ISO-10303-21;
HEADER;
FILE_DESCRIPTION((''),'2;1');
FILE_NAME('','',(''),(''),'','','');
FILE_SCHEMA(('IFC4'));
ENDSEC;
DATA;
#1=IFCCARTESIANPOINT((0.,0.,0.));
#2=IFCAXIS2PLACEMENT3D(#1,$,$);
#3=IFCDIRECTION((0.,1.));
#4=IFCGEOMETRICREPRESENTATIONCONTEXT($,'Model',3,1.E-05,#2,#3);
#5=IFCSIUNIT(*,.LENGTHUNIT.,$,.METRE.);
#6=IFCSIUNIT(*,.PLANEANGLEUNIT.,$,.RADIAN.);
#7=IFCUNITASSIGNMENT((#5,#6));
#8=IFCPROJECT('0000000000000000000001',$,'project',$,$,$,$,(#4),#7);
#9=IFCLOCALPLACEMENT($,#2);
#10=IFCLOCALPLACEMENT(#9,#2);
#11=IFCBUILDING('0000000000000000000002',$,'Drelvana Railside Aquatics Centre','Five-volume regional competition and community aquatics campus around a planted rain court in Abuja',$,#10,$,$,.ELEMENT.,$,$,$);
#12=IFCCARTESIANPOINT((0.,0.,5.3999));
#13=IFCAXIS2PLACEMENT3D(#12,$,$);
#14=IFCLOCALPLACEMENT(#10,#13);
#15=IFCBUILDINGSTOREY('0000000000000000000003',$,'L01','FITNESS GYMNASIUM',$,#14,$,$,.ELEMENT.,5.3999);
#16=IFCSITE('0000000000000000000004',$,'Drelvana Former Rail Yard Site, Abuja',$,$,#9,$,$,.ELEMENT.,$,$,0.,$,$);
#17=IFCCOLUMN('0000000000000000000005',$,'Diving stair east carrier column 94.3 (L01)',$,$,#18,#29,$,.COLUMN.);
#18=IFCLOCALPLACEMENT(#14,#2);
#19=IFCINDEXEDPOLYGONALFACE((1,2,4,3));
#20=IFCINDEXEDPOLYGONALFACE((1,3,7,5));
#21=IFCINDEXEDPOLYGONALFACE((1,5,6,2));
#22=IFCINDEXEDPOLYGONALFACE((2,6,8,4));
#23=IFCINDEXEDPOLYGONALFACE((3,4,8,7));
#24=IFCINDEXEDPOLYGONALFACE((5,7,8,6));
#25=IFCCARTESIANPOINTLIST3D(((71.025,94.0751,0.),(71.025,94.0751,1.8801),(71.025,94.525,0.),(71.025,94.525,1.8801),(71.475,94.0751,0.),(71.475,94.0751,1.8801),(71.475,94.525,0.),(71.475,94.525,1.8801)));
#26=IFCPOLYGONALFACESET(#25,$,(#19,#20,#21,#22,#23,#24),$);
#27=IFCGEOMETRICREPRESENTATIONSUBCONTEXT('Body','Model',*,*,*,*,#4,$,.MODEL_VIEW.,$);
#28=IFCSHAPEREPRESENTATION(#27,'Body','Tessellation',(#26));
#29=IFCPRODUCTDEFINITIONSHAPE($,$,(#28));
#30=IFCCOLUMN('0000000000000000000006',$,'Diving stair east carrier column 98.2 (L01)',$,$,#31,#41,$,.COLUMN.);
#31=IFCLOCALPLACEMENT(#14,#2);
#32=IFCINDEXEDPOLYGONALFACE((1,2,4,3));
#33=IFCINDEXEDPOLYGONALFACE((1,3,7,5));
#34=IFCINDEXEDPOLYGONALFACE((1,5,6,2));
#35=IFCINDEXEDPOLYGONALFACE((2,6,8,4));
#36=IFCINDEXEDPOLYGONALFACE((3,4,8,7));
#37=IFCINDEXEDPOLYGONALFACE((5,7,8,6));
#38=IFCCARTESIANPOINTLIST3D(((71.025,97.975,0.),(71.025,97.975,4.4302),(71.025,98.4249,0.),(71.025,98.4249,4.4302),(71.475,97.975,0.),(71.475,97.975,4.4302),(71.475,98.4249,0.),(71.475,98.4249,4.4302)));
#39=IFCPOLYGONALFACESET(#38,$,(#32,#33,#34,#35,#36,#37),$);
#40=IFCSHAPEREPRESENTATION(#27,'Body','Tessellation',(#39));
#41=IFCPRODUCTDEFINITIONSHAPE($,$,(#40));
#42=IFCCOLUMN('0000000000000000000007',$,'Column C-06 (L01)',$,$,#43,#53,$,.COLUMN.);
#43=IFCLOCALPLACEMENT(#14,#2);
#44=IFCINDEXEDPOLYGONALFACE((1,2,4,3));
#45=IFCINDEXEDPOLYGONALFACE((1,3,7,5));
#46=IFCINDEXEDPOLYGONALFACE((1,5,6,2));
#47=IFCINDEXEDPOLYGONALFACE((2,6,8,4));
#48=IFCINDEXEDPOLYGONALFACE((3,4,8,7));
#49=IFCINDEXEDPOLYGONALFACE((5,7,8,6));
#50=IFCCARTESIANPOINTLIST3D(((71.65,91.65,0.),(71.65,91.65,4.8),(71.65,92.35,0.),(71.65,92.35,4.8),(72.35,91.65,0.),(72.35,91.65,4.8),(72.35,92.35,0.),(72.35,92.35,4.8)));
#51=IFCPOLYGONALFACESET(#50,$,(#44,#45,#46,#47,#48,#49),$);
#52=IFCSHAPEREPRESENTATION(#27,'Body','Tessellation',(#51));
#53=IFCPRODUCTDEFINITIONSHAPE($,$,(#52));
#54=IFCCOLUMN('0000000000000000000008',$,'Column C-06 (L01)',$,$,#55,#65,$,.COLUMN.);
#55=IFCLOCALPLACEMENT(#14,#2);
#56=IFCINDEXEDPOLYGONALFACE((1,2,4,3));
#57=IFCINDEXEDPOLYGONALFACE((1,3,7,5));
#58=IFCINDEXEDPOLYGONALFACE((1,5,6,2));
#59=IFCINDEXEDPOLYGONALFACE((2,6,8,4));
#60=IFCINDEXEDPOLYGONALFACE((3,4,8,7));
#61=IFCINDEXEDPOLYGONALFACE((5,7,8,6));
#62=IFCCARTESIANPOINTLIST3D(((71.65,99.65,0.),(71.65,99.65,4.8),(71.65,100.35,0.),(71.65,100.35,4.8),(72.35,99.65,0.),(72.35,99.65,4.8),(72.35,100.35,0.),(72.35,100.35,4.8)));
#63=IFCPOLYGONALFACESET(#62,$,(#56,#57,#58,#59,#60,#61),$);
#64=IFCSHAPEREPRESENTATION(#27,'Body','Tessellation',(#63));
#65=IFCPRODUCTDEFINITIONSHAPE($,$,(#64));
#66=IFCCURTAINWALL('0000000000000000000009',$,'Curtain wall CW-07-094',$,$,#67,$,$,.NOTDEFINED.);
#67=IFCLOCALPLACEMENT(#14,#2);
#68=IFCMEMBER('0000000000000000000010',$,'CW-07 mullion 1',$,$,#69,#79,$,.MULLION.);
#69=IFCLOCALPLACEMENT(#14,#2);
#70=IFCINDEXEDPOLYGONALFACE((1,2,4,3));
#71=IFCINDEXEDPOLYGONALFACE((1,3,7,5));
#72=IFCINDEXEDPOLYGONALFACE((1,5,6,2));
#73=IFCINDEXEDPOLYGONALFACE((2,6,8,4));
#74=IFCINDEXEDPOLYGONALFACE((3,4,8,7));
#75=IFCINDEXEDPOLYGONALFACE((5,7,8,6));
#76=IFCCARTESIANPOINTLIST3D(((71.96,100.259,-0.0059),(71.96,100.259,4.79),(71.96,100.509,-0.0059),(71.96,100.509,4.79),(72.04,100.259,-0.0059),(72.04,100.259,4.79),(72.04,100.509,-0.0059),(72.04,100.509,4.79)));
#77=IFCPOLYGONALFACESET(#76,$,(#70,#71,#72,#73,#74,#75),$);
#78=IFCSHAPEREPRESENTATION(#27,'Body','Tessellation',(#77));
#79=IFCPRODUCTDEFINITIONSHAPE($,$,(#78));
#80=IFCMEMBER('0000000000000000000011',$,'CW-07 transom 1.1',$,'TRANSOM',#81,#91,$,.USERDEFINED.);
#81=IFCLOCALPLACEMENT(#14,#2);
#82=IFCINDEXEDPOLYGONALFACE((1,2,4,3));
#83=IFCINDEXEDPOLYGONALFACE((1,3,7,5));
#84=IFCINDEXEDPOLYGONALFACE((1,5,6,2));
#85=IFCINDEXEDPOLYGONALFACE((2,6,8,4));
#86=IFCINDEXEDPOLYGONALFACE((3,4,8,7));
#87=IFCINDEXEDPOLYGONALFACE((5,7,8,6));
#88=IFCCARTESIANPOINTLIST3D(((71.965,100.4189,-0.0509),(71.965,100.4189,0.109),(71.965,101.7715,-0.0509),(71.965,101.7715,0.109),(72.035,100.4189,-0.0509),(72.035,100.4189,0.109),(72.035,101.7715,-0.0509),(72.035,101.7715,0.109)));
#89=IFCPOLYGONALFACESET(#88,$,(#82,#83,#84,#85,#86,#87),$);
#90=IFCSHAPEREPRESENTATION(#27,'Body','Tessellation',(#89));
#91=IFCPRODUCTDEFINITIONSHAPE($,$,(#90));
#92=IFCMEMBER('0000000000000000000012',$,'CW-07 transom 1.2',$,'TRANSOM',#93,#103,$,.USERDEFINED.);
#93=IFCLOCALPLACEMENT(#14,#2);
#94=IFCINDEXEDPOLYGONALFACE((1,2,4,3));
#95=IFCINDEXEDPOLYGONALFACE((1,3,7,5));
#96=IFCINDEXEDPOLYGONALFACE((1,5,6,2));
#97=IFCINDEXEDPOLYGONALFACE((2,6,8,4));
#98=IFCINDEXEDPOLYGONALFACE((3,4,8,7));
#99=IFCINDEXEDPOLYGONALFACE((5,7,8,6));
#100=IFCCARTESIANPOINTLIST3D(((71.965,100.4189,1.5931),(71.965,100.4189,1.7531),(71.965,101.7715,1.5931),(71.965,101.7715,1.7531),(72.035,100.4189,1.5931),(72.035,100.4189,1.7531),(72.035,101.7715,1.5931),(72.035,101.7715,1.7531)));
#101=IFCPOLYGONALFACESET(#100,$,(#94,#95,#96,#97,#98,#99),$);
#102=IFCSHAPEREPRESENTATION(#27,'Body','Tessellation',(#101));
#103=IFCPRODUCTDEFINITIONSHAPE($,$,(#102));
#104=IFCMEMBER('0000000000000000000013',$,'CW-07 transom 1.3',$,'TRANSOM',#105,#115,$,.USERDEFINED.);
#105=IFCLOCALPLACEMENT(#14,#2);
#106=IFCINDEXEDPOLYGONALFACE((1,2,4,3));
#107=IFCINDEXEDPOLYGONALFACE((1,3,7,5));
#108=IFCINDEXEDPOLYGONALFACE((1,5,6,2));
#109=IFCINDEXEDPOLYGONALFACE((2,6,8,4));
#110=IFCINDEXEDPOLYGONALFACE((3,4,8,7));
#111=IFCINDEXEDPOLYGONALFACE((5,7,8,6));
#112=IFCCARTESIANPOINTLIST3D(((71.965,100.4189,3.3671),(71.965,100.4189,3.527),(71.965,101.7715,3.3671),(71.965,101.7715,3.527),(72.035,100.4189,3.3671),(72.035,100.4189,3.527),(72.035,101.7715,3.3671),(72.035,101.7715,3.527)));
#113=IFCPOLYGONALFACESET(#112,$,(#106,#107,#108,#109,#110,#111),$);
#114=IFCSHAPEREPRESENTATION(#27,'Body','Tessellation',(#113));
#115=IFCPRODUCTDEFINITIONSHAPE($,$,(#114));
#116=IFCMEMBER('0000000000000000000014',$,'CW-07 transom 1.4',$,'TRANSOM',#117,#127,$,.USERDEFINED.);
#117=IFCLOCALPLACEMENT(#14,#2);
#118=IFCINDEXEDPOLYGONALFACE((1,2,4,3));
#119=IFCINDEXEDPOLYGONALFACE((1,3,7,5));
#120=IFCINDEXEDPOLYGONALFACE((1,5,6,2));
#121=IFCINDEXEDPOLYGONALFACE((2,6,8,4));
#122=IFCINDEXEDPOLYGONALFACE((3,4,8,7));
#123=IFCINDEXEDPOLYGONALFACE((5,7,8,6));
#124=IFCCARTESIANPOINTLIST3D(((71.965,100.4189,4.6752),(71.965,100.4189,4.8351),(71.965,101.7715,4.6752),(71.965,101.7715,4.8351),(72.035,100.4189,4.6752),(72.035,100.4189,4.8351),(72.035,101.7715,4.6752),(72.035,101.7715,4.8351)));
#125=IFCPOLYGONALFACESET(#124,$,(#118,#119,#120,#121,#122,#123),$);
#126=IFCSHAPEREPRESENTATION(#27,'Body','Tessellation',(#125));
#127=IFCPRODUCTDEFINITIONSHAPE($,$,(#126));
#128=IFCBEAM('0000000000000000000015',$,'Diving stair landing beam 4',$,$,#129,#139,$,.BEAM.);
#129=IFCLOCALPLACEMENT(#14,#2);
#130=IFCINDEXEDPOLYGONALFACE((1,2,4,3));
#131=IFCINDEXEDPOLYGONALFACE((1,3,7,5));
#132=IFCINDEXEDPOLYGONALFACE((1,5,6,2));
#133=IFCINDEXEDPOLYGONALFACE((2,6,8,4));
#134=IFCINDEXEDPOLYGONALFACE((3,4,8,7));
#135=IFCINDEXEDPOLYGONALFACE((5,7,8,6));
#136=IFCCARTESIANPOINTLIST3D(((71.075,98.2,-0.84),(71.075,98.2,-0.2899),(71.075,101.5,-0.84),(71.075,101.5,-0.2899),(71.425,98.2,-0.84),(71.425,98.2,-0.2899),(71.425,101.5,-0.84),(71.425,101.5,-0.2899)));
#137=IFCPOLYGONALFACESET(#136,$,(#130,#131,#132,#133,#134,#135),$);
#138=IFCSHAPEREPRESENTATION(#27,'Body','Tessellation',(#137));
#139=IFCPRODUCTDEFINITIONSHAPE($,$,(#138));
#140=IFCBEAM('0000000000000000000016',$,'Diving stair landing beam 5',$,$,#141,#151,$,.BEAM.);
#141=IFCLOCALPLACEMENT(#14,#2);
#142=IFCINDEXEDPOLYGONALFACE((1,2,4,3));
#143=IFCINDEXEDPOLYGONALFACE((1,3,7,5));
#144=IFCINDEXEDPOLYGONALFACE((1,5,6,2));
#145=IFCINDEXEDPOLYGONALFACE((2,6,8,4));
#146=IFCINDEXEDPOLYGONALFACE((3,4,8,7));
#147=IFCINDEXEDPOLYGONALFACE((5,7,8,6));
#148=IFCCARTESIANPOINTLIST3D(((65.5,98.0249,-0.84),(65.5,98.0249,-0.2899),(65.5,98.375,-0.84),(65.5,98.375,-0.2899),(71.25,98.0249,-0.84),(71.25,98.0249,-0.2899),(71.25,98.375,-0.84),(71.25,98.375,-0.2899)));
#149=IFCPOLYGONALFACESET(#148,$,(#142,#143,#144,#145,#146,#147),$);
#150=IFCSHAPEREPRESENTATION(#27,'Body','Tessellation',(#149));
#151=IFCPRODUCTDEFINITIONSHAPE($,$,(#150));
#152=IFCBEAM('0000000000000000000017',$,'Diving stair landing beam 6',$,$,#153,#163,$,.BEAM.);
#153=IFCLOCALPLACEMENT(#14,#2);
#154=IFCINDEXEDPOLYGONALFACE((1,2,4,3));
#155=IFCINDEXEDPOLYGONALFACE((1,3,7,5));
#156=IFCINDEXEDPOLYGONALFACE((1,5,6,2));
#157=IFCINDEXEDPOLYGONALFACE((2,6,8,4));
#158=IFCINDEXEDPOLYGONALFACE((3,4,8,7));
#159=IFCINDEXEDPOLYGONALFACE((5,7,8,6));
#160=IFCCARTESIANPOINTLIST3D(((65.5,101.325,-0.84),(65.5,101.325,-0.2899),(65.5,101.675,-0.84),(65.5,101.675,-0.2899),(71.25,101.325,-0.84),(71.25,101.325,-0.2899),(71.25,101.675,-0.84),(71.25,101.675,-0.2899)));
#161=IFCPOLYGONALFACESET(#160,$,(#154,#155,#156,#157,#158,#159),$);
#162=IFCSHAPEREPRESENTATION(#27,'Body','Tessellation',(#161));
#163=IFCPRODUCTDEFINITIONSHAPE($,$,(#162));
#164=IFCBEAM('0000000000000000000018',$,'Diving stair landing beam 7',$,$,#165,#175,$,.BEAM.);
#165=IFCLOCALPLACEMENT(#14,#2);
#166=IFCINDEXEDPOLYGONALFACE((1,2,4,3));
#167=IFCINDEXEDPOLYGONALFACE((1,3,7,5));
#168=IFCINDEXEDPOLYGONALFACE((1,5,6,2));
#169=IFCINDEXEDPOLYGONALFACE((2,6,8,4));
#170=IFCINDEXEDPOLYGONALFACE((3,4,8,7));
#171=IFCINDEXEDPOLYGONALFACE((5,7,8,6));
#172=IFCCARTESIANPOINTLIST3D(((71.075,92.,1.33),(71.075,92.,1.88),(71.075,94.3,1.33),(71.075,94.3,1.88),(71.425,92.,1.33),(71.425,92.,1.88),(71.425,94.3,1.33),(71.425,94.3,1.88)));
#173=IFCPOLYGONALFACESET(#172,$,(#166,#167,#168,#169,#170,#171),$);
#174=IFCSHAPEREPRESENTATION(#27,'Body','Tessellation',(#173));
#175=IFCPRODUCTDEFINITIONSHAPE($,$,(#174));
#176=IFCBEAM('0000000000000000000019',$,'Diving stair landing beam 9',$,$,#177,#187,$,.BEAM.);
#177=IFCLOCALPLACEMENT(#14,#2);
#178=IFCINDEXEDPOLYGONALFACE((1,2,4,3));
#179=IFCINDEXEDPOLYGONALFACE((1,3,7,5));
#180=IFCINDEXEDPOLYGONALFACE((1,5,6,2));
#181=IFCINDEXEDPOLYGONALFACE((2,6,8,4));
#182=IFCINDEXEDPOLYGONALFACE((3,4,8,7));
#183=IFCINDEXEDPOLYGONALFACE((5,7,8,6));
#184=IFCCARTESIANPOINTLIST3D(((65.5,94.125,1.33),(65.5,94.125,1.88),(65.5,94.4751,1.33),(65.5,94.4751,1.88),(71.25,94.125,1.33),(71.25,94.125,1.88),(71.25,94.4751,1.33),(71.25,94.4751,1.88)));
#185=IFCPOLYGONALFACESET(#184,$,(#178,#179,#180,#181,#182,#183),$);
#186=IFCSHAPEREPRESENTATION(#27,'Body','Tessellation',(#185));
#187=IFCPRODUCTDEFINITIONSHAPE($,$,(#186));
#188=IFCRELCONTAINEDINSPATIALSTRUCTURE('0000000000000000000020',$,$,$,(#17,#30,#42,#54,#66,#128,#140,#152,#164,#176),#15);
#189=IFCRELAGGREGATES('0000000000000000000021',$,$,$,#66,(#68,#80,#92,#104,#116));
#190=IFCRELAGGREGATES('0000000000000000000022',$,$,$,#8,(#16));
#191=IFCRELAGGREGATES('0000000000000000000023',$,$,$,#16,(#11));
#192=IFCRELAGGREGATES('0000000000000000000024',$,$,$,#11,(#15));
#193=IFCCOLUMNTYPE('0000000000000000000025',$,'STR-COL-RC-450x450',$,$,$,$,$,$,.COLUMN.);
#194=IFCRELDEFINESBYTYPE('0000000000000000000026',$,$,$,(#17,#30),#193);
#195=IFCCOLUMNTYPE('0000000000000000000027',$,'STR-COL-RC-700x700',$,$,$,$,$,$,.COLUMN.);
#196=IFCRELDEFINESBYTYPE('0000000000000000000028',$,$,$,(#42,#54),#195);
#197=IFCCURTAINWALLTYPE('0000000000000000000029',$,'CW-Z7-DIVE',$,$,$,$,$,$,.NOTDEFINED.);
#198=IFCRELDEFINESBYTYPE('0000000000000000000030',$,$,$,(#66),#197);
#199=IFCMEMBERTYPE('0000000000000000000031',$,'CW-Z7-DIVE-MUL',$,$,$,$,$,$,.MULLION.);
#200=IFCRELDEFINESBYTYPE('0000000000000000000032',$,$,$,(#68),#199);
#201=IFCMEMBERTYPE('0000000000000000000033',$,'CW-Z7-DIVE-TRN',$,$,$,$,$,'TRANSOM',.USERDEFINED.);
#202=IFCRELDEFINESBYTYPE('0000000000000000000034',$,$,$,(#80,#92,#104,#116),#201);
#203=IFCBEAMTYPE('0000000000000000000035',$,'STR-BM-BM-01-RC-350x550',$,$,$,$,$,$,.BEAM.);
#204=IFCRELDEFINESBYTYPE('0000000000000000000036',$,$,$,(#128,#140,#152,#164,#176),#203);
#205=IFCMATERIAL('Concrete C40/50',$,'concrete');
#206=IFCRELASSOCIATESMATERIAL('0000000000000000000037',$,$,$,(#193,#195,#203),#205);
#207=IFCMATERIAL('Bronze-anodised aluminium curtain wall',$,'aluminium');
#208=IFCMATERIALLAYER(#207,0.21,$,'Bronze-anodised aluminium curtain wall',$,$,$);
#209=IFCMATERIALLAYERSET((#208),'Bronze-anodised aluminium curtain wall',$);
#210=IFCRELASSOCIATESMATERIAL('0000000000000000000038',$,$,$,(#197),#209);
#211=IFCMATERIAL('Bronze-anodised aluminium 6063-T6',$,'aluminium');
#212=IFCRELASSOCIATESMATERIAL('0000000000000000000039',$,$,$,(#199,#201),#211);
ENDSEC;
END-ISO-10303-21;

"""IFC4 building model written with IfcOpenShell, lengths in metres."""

from ifc_helpers import new_model, si_unit, direction, frame, origin, origin_2d, place, context, subcontext, project, spatial, rectangle, extrude, material, layer, layer_set, material_profile, profile_set, type_object, element, aggregate, save


model = new_model("IFC4")

# Units and contexts
model_context = context("Model", 3, precision=1e-05, world=origin(), true_north=direction((0.0, 1.0)))
body_context = subcontext(model_context, "Body", "Model", "MODEL_VIEW")
ifc_project = project(units=[si_unit("LENGTHUNIT", "METRE"), si_unit("PLANEANGLEUNIT", "RADIAN")], contexts=[model_context])

# Site, building, storey
site_placement = place(None, origin())
site = spatial("IfcSite", under=ifc_project, at=site_placement, Name="Drelvana Former Rail Yard Site, Abuja", CompositionType="ELEMENT", RefElevation=0.0)
building_placement = place(site_placement, origin())
building = spatial("IfcBuilding", under=site, at=building_placement, Name="Drelvana Railside Aquatics Centre", Description="Five-volume regional competition and community aquatics campus around a planted rain court in Abuja", CompositionType="ELEMENT")
storey_placement = place(building_placement, frame((0.0, 0.0, 5.3999)))
storey = spatial("IfcBuildingStorey", under=building, at=storey_placement, Name="L01", Description="FITNESS GYMNASIUM", CompositionType="ELEMENT", Elevation=5.3999)

# Columns
ifc_material_1 = material(Name="Concrete C40/50", Category="concrete")
ifc_material_profile_1 = material_profile(ifc_material_1, rectangle(XDim=0.45, YDim=0.45, at=origin_2d()), Name="RC 450x450")
ifc_profile_set_1 = profile_set([ifc_material_profile_1], Name="Concrete C40/50")
column_type_1 = type_object("IfcColumnType", Name="STR-COL-RC-450x450", PredefinedType="COLUMN", material=ifc_profile_set_1)
column_1_placement = place(storey_placement, frame((71.25, 94.3, 0.0), z_axis=(0.0, 0.0, 1.0), x_axis=(1.0, 0.0, 0.0)))
element("IfcColumn", 1, at=column_1_placement, inside=storey, type_object=column_type_1, Name="Diving stair east carrier column 94.3 (L01)", PredefinedType="COLUMN", context=body_context, shape_type="SweptSolid", body=[
    extrude(rectangle(XDim=0.45, YDim=0.45, at=origin_2d()), origin(), (0.0, 0.0, 1.0), 1.8801),
])
column_2_placement = place(storey_placement, frame((71.25, 98.2, 0.0), z_axis=(0.0, 0.0, 1.0), x_axis=(1.0, 0.0, 0.0)))
element("IfcColumn", 2, at=column_2_placement, inside=storey, type_object=column_type_1, Name="Diving stair east carrier column 98.2 (L01)", PredefinedType="COLUMN", context=body_context, shape_type="SweptSolid", body=[
    extrude(rectangle(XDim=0.45, YDim=0.45, at=origin_2d()), origin(), (0.0, 0.0, 1.0), 4.4302),
])
ifc_material_profile_2 = material_profile(ifc_material_1, rectangle(XDim=0.7, YDim=0.7, at=origin_2d()), Name="RC 700x700")
ifc_profile_set_2 = profile_set([ifc_material_profile_2], Name="Concrete C40/50")
column_type_2 = type_object("IfcColumnType", Name="STR-COL-RC-700x700", PredefinedType="COLUMN", material=ifc_profile_set_2)
for number, where, z_axis, x_axis, name in (
    (3, (72.0, 92.0, 0.0), (0.0, 0.0, 1.0), (1.0, 0.0, 0.0), "Column C-06 (L01)"),
    (4, (72.0, 100.0, 0.0), (0.0, 0.0, 1.0), (1.0, 0.0, 0.0), "Column C-06 (L01)"),
):
    element("IfcColumn", number, at=place(storey_placement, frame(where, z_axis=z_axis, x_axis=x_axis)), inside=storey, type_object=column_type_2, Name=name, PredefinedType="COLUMN", context=body_context, shape_type="SweptSolid", body=[
        extrude(rectangle(XDim=0.7, YDim=0.7, at=origin_2d()), origin(), (0.0, 0.0, 1.0), 4.8),
    ])

# Curtain wall, members
ifc_material_2 = material(Name="Bronze-anodised aluminium curtain wall", Category="aluminium")
ifc_layer_1 = layer(ifc_material_2, 0.21, Name="Bronze-anodised aluminium curtain wall")
ifc_layer_set_1 = layer_set([ifc_layer_1], Name="Bronze-anodised aluminium curtain wall")
curtain_wall_type = type_object("IfcCurtainWallType", Name="CW-Z7-DIVE", PredefinedType="NOTDEFINED", material=ifc_layer_set_1)
curtain_wall_placement = place(storey_placement, origin())
curtain_wall = element("IfcCurtainWall", 5, at=curtain_wall_placement, inside=storey, type_object=curtain_wall_type, Name="Curtain wall CW-07-094", PredefinedType="NOTDEFINED")
ifc_material_3 = material(Name="Bronze-anodised aluminium 6063-T6", Category="aluminium")
ifc_material_profile_3 = material_profile(ifc_material_3, rectangle(XDim=0.0801, YDim=0.25, at=origin_2d()), Name="ALU-M 80x250")
ifc_profile_set_3 = profile_set([ifc_material_profile_3], Name="Bronze-anodised aluminium 6063-T6")
member_type_1 = type_object("IfcMemberType", Name="CW-Z7-DIVE-MUL", PredefinedType="MULLION", material=ifc_profile_set_3)
member_1_placement = place(storey_placement, frame((72.0, 100.384, -0.0059), z_axis=(0.0, 0.0, 1.0), x_axis=(-1.0, 0.0, 0.0)))
member_1 = element("IfcMember", 6, at=member_1_placement, type_object=member_type_1, Name="CW-07 mullion 1", PredefinedType="MULLION", context=body_context, shape_type="SweptSolid", body=[
    extrude(rectangle(XDim=0.0801, YDim=0.25, at=origin_2d()), origin(), (0.0, 0.0, 1.0), 4.7959),
])
ifc_material_profile_4 = material_profile(ifc_material_3, rectangle(XDim=0.1599, YDim=0.0701, at=origin_2d()), Name="ALU-T 70x160")
ifc_profile_set_4 = profile_set([ifc_material_profile_4], Name="Bronze-anodised aluminium 6063-T6")
member_type_2 = type_object("IfcMemberType", Name="CW-Z7-DIVE-TRN", ElementType="TRANSOM", PredefinedType="USERDEFINED", material=ifc_profile_set_4)
member_2_placement = place(storey_placement, frame((72.0, 100.4189, 0.0291), z_axis=(0.0, 1.0, 0.0), x_axis=(0.0, 0.0, 1.0)))
member_2 = element("IfcMember", 7, at=member_2_placement, type_object=member_type_2, Name="CW-07 transom 1.1", ObjectType="TRANSOM", PredefinedType="USERDEFINED", context=body_context, shape_type="SweptSolid", body=[
    extrude(rectangle(XDim=0.1599, YDim=0.0701, at=origin_2d()), origin(), (0.0, 0.0, 1.0), 1.3525),
])
member_3_placement = place(storey_placement, frame((72.0, 100.4189, 1.6731), z_axis=(0.0, 1.0, 0.0), x_axis=(0.0, 0.0, 1.0)))
member_3 = element("IfcMember", 8, at=member_3_placement, type_object=member_type_2, Name="CW-07 transom 1.2", ObjectType="TRANSOM", PredefinedType="USERDEFINED", context=body_context, shape_type="SweptSolid", body=[
    extrude(rectangle(XDim=0.1599, YDim=0.0701, at=origin_2d()), origin(), (0.0, 0.0, 1.0), 1.3525),
])
member_4_placement = place(storey_placement, frame((72.0, 100.4189, 3.447), z_axis=(0.0, 1.0, 0.0), x_axis=(0.0, 0.0, 1.0)))
member_4 = element("IfcMember", 9, at=member_4_placement, type_object=member_type_2, Name="CW-07 transom 1.3", ObjectType="TRANSOM", PredefinedType="USERDEFINED", context=body_context, shape_type="SweptSolid", body=[
    extrude(rectangle(XDim=0.1599, YDim=0.0701, at=origin_2d()), origin(), (0.0, 0.0, 1.0), 1.3525),
])
member_5_placement = place(storey_placement, frame((72.0, 100.4189, 4.7551), z_axis=(0.0, 1.0, 0.0), x_axis=(0.0, 0.0, 1.0)))
member_5 = element("IfcMember", 10, at=member_5_placement, type_object=member_type_2, Name="CW-07 transom 1.4", ObjectType="TRANSOM", PredefinedType="USERDEFINED", context=body_context, shape_type="SweptSolid", body=[
    extrude(rectangle(XDim=0.1599, YDim=0.0701, at=origin_2d()), origin(), (0.0, 0.0, 1.0), 1.3525),
])

# Beams
ifc_material_profile_5 = material_profile(ifc_material_1, rectangle(XDim=0.3501, YDim=0.55, at=origin_2d()), Name="RC 350x550")
ifc_profile_set_5 = profile_set([ifc_material_profile_5], Name="Concrete C40/50")
beam_type_1 = type_object("IfcBeamType", Name="STR-BM-BM-01-RC-350x550", PredefinedType="BEAM", material=ifc_profile_set_5)
beam_1_placement = place(storey_placement, frame((71.25, 98.2, -0.5649), z_axis=(0.0, 1.0, 0.0), x_axis=(-1.0, 0.0, 0.0)))
element("IfcBeam", 11, at=beam_1_placement, inside=storey, type_object=beam_type_1, Name="Diving stair landing beam 4", PredefinedType="BEAM", context=body_context, shape_type="SweptSolid", body=[
    extrude(rectangle(XDim=0.3501, YDim=0.55, at=origin_2d()), origin(), (0.0, 0.0, 1.0), 3.3),
])
for number, where, z_axis, x_axis, name in (
    (12, (65.5, 98.2, -0.5649), (1.0, 0.0, 0.0), (0.0, 1.0, 0.0), "Diving stair landing beam 5"),
    (13, (65.5, 101.5, -0.5649), (1.0, 0.0, 0.0), (0.0, 1.0, 0.0), "Diving stair landing beam 6"),
):
    element("IfcBeam", number, at=place(storey_placement, frame(where, z_axis=z_axis, x_axis=x_axis)), inside=storey, type_object=beam_type_1, Name=name, PredefinedType="BEAM", context=body_context, shape_type="SweptSolid", body=[
        extrude(rectangle(XDim=0.3501, YDim=0.55, at=origin_2d()), origin(), (0.0, 0.0, 1.0), 5.75),
    ])
beam_2_placement = place(storey_placement, frame((71.25, 92.0, 1.605), z_axis=(0.0, 1.0, 0.0), x_axis=(-1.0, 0.0, 0.0)))
element("IfcBeam", 14, at=beam_2_placement, inside=storey, type_object=beam_type_1, Name="Diving stair landing beam 7", PredefinedType="BEAM", context=body_context, shape_type="SweptSolid", body=[
    extrude(rectangle(XDim=0.3501, YDim=0.55, at=origin_2d()), origin(), (0.0, 0.0, 1.0), 2.3),
])
beam_3_placement = place(storey_placement, frame((65.5, 94.3, 1.605), z_axis=(1.0, 0.0, 0.0), x_axis=(0.0, 1.0, 0.0)))
element("IfcBeam", 15, at=beam_3_placement, inside=storey, type_object=beam_type_1, Name="Diving stair landing beam 9", PredefinedType="BEAM", context=body_context, shape_type="SweptSolid", body=[
    extrude(rectangle(XDim=0.3501, YDim=0.55, at=origin_2d()), origin(), (0.0, 0.0, 1.0), 5.75),
])

aggregate(curtain_wall, [member_1, member_2, member_3, member_4, member_5])

save(model, "model.ifc")
